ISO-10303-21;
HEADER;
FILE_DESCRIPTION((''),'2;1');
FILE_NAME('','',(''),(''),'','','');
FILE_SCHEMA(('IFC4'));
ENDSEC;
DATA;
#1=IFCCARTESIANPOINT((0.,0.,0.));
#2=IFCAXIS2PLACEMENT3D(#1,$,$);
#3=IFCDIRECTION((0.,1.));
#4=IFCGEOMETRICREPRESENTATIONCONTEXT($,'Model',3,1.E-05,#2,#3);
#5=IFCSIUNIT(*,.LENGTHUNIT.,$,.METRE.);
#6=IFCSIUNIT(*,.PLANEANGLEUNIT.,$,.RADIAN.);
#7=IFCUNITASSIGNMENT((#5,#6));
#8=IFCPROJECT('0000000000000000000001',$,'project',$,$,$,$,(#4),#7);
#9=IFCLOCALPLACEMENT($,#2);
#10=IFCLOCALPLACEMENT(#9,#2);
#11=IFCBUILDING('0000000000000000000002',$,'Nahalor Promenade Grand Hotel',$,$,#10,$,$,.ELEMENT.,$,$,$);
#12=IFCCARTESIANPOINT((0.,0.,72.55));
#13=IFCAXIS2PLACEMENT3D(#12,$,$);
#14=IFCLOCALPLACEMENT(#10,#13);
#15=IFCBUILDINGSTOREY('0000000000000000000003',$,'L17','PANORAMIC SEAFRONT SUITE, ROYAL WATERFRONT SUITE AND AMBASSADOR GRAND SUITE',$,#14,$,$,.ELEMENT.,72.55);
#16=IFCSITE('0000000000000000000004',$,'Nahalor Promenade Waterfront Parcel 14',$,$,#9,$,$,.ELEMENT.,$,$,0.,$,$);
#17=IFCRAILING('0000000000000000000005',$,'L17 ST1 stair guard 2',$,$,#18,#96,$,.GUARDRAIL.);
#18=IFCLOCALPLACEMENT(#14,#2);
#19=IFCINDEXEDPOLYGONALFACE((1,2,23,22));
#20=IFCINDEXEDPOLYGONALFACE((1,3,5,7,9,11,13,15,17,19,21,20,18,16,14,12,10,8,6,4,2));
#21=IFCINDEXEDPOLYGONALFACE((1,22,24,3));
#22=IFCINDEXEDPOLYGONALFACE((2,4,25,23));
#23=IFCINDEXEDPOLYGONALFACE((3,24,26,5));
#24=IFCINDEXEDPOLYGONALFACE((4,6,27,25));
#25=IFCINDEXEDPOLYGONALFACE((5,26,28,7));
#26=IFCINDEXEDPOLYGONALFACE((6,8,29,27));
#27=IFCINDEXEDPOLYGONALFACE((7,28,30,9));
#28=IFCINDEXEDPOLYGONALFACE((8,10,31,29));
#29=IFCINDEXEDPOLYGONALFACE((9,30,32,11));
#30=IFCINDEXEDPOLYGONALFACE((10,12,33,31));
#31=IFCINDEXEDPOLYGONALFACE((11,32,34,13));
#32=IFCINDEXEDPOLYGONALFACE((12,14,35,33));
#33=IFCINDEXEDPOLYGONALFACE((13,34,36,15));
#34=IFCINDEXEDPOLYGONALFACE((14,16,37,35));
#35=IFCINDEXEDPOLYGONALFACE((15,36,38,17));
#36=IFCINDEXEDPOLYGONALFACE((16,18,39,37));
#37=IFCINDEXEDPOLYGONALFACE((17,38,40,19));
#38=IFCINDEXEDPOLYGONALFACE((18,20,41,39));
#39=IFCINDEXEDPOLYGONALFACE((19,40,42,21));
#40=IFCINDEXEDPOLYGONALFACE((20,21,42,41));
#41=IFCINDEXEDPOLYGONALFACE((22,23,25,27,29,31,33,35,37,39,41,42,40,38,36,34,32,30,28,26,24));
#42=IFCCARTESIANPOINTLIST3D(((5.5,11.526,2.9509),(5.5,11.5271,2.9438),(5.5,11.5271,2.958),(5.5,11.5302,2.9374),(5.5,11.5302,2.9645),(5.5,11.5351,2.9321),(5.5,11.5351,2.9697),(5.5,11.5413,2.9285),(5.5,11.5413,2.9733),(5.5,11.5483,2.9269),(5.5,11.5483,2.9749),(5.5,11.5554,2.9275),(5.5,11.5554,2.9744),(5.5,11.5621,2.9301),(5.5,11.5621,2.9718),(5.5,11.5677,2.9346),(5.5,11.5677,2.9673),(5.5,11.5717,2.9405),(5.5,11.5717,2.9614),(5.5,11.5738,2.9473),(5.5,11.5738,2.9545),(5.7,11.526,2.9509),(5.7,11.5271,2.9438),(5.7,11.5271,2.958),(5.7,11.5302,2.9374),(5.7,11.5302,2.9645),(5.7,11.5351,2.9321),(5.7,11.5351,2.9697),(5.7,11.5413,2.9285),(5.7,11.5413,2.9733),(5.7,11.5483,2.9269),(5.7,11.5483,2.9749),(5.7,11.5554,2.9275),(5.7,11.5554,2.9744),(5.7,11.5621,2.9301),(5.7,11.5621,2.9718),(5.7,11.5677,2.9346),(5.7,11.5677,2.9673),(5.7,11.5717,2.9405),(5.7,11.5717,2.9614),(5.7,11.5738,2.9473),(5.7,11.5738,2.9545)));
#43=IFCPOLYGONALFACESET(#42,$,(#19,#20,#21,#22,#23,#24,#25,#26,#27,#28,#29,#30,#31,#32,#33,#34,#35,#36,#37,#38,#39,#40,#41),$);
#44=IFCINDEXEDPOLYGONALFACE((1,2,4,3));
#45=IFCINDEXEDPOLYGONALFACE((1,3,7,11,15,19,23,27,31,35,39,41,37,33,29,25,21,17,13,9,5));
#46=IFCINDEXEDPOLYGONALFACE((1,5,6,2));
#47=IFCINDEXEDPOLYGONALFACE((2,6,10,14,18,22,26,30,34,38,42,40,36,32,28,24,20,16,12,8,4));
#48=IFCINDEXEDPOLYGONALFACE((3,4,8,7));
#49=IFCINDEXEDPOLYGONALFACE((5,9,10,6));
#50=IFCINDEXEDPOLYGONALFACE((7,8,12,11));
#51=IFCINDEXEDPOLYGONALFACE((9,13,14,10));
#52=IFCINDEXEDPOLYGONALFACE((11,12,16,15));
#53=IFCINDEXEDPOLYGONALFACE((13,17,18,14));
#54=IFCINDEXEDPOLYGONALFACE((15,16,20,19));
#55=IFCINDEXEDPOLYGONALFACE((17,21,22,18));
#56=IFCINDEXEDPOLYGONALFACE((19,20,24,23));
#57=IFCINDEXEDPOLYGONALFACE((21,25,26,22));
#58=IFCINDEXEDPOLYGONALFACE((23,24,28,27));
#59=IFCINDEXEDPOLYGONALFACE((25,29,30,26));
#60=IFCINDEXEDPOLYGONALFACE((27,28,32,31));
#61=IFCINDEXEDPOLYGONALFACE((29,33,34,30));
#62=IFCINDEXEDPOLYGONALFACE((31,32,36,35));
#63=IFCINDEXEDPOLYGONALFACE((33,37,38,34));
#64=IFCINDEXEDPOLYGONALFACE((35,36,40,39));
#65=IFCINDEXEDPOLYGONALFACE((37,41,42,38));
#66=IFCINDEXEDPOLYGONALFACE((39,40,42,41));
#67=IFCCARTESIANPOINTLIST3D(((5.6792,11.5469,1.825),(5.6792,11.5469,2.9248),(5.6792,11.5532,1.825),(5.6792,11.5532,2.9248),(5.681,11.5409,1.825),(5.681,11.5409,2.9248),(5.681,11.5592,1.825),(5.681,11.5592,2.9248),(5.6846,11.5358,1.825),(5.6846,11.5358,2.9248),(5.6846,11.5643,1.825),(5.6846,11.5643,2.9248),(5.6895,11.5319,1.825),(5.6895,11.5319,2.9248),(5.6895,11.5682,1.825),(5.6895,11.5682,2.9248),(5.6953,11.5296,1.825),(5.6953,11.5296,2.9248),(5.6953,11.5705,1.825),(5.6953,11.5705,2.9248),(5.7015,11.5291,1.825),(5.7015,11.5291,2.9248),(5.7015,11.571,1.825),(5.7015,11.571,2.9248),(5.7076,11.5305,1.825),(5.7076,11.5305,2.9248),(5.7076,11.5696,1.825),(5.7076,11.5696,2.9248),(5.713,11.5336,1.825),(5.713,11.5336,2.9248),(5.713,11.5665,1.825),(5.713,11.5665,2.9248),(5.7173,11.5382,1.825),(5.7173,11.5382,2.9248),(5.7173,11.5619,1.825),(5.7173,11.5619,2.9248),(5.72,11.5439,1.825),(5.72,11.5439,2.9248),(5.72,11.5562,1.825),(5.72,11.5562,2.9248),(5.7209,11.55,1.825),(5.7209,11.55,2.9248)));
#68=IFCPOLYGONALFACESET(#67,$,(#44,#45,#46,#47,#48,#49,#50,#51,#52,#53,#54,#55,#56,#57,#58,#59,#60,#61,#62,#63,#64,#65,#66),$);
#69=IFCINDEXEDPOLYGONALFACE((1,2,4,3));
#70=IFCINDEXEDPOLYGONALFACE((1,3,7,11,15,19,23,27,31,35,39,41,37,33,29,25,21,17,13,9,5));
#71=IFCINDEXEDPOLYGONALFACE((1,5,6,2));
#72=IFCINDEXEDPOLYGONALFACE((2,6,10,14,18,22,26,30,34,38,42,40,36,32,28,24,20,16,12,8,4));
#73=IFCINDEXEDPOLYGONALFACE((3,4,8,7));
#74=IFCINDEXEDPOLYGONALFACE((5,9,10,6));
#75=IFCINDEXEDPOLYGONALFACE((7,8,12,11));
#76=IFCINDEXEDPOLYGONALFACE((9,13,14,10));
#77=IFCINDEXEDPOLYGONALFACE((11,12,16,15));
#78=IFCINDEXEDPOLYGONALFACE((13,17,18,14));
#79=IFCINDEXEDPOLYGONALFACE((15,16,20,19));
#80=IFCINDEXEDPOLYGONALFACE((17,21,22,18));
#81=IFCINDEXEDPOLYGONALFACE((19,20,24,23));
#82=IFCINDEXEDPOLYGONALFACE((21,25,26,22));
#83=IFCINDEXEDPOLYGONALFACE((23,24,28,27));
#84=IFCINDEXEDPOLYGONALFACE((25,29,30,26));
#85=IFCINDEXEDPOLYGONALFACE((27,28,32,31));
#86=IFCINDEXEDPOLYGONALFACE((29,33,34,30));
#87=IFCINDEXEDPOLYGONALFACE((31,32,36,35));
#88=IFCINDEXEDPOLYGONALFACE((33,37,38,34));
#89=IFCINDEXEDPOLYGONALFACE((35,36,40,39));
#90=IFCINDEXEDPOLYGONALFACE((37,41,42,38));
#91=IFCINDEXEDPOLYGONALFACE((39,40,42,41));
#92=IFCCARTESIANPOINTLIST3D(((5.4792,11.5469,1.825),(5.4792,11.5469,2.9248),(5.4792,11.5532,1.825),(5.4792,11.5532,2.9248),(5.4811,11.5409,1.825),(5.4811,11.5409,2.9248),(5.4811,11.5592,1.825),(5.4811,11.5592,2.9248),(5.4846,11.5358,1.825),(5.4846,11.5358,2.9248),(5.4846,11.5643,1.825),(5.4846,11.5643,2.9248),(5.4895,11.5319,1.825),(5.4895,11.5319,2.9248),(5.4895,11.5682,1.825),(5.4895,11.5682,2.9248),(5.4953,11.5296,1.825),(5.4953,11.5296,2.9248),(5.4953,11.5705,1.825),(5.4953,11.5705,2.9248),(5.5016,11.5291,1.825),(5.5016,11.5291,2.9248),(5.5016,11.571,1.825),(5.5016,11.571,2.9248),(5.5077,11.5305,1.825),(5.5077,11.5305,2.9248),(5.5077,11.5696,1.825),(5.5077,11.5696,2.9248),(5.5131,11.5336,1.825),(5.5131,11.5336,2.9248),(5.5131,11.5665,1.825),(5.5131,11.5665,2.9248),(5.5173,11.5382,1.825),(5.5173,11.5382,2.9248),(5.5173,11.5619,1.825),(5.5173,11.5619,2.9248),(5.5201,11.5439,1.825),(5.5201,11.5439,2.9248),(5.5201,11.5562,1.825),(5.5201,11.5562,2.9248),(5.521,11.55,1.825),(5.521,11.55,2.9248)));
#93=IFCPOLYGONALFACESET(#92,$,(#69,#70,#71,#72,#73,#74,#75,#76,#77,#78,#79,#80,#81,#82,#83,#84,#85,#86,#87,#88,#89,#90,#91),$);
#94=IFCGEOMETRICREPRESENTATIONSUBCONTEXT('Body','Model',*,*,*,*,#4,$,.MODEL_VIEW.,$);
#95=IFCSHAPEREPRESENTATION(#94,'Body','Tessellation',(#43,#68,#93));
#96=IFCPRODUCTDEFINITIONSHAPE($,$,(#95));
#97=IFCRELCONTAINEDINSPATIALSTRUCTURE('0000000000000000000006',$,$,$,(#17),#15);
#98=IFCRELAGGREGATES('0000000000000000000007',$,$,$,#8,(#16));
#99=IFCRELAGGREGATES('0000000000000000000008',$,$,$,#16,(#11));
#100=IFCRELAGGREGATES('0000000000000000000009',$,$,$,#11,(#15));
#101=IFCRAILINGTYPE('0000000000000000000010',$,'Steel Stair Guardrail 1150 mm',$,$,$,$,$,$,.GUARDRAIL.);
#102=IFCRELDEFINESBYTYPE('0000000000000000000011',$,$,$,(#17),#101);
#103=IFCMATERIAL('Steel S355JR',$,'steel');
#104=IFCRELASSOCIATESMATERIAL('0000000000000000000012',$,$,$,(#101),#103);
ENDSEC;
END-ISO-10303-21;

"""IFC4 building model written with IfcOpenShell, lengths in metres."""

from ifc_helpers import new_model, si_unit, direction, frame, origin, origin_2d, place, context, subcontext, project, spatial, circle, extrude, material, type_object, element, save


model = new_model("IFC4")

# Units and contexts
model_context = context("Model", 3, precision=1e-05, world=origin(), true_north=direction((0.0, 1.0)))
body_context = subcontext(model_context, "Body", "Model", "MODEL_VIEW")
ifc_project = project(units=[si_unit("LENGTHUNIT", "METRE"), si_unit("PLANEANGLEUNIT", "RADIAN")], contexts=[model_context])

# Site, building, storey
site_placement = place(None, origin())
site = spatial("IfcSite", under=ifc_project, at=site_placement, Name="Nahalor Promenade Waterfront Parcel 14", CompositionType="ELEMENT", RefElevation=0.0)
building_placement = place(site_placement, origin())
building = spatial("IfcBuilding", under=site, at=building_placement, Name="Nahalor Promenade Grand Hotel", CompositionType="ELEMENT")
storey_placement = place(building_placement, frame((0.0, 0.0, 72.55)))
storey = spatial("IfcBuildingStorey", under=building, at=storey_placement, Name="L17", Description="PANORAMIC SEAFRONT SUITE, ROYAL WATERFRONT SUITE AND AMBASSADOR GRAND SUITE", CompositionType="ELEMENT", Elevation=72.55)

# Shared definitions
ifc_material_1 = material(Name="Steel S355JR", Category="steel")

# Railing
railing_type_1 = type_object("IfcRailingType", Name="Steel Stair Guardrail 1150 mm", PredefinedType="GUARDRAIL", material=ifc_material_1)
railing_1_placement = place(storey_placement, frame((5.7, 11.55, 1.825)))
element("IfcRailing", 1, at=railing_1_placement, inside=storey, type_object=railing_type_1, Name="L17 ST1 stair guard 2", PredefinedType="GUARDRAIL", context=body_context, shape_type="SweptSolid", body=[
    extrude(circle(Radius=0.024, at=origin_2d()), frame((0.0, 0.0, 1.126), z_axis=(-1.0, 0.0, 0.0), x_axis=(0.0, -1.0, 0.0)), (0.0, 0.0, 1.0), 0.2),
    extrude(circle(Radius=0.021, at=origin_2d()), origin(), (0.0, 0.0, 1.0), 1.0999),
    extrude(circle(Radius=0.021, at=origin_2d()), frame((-0.2, 0.0, 0.0)), (0.0, 0.0, 1.0), 1.0999),
])

save(model, "model.ifc")
